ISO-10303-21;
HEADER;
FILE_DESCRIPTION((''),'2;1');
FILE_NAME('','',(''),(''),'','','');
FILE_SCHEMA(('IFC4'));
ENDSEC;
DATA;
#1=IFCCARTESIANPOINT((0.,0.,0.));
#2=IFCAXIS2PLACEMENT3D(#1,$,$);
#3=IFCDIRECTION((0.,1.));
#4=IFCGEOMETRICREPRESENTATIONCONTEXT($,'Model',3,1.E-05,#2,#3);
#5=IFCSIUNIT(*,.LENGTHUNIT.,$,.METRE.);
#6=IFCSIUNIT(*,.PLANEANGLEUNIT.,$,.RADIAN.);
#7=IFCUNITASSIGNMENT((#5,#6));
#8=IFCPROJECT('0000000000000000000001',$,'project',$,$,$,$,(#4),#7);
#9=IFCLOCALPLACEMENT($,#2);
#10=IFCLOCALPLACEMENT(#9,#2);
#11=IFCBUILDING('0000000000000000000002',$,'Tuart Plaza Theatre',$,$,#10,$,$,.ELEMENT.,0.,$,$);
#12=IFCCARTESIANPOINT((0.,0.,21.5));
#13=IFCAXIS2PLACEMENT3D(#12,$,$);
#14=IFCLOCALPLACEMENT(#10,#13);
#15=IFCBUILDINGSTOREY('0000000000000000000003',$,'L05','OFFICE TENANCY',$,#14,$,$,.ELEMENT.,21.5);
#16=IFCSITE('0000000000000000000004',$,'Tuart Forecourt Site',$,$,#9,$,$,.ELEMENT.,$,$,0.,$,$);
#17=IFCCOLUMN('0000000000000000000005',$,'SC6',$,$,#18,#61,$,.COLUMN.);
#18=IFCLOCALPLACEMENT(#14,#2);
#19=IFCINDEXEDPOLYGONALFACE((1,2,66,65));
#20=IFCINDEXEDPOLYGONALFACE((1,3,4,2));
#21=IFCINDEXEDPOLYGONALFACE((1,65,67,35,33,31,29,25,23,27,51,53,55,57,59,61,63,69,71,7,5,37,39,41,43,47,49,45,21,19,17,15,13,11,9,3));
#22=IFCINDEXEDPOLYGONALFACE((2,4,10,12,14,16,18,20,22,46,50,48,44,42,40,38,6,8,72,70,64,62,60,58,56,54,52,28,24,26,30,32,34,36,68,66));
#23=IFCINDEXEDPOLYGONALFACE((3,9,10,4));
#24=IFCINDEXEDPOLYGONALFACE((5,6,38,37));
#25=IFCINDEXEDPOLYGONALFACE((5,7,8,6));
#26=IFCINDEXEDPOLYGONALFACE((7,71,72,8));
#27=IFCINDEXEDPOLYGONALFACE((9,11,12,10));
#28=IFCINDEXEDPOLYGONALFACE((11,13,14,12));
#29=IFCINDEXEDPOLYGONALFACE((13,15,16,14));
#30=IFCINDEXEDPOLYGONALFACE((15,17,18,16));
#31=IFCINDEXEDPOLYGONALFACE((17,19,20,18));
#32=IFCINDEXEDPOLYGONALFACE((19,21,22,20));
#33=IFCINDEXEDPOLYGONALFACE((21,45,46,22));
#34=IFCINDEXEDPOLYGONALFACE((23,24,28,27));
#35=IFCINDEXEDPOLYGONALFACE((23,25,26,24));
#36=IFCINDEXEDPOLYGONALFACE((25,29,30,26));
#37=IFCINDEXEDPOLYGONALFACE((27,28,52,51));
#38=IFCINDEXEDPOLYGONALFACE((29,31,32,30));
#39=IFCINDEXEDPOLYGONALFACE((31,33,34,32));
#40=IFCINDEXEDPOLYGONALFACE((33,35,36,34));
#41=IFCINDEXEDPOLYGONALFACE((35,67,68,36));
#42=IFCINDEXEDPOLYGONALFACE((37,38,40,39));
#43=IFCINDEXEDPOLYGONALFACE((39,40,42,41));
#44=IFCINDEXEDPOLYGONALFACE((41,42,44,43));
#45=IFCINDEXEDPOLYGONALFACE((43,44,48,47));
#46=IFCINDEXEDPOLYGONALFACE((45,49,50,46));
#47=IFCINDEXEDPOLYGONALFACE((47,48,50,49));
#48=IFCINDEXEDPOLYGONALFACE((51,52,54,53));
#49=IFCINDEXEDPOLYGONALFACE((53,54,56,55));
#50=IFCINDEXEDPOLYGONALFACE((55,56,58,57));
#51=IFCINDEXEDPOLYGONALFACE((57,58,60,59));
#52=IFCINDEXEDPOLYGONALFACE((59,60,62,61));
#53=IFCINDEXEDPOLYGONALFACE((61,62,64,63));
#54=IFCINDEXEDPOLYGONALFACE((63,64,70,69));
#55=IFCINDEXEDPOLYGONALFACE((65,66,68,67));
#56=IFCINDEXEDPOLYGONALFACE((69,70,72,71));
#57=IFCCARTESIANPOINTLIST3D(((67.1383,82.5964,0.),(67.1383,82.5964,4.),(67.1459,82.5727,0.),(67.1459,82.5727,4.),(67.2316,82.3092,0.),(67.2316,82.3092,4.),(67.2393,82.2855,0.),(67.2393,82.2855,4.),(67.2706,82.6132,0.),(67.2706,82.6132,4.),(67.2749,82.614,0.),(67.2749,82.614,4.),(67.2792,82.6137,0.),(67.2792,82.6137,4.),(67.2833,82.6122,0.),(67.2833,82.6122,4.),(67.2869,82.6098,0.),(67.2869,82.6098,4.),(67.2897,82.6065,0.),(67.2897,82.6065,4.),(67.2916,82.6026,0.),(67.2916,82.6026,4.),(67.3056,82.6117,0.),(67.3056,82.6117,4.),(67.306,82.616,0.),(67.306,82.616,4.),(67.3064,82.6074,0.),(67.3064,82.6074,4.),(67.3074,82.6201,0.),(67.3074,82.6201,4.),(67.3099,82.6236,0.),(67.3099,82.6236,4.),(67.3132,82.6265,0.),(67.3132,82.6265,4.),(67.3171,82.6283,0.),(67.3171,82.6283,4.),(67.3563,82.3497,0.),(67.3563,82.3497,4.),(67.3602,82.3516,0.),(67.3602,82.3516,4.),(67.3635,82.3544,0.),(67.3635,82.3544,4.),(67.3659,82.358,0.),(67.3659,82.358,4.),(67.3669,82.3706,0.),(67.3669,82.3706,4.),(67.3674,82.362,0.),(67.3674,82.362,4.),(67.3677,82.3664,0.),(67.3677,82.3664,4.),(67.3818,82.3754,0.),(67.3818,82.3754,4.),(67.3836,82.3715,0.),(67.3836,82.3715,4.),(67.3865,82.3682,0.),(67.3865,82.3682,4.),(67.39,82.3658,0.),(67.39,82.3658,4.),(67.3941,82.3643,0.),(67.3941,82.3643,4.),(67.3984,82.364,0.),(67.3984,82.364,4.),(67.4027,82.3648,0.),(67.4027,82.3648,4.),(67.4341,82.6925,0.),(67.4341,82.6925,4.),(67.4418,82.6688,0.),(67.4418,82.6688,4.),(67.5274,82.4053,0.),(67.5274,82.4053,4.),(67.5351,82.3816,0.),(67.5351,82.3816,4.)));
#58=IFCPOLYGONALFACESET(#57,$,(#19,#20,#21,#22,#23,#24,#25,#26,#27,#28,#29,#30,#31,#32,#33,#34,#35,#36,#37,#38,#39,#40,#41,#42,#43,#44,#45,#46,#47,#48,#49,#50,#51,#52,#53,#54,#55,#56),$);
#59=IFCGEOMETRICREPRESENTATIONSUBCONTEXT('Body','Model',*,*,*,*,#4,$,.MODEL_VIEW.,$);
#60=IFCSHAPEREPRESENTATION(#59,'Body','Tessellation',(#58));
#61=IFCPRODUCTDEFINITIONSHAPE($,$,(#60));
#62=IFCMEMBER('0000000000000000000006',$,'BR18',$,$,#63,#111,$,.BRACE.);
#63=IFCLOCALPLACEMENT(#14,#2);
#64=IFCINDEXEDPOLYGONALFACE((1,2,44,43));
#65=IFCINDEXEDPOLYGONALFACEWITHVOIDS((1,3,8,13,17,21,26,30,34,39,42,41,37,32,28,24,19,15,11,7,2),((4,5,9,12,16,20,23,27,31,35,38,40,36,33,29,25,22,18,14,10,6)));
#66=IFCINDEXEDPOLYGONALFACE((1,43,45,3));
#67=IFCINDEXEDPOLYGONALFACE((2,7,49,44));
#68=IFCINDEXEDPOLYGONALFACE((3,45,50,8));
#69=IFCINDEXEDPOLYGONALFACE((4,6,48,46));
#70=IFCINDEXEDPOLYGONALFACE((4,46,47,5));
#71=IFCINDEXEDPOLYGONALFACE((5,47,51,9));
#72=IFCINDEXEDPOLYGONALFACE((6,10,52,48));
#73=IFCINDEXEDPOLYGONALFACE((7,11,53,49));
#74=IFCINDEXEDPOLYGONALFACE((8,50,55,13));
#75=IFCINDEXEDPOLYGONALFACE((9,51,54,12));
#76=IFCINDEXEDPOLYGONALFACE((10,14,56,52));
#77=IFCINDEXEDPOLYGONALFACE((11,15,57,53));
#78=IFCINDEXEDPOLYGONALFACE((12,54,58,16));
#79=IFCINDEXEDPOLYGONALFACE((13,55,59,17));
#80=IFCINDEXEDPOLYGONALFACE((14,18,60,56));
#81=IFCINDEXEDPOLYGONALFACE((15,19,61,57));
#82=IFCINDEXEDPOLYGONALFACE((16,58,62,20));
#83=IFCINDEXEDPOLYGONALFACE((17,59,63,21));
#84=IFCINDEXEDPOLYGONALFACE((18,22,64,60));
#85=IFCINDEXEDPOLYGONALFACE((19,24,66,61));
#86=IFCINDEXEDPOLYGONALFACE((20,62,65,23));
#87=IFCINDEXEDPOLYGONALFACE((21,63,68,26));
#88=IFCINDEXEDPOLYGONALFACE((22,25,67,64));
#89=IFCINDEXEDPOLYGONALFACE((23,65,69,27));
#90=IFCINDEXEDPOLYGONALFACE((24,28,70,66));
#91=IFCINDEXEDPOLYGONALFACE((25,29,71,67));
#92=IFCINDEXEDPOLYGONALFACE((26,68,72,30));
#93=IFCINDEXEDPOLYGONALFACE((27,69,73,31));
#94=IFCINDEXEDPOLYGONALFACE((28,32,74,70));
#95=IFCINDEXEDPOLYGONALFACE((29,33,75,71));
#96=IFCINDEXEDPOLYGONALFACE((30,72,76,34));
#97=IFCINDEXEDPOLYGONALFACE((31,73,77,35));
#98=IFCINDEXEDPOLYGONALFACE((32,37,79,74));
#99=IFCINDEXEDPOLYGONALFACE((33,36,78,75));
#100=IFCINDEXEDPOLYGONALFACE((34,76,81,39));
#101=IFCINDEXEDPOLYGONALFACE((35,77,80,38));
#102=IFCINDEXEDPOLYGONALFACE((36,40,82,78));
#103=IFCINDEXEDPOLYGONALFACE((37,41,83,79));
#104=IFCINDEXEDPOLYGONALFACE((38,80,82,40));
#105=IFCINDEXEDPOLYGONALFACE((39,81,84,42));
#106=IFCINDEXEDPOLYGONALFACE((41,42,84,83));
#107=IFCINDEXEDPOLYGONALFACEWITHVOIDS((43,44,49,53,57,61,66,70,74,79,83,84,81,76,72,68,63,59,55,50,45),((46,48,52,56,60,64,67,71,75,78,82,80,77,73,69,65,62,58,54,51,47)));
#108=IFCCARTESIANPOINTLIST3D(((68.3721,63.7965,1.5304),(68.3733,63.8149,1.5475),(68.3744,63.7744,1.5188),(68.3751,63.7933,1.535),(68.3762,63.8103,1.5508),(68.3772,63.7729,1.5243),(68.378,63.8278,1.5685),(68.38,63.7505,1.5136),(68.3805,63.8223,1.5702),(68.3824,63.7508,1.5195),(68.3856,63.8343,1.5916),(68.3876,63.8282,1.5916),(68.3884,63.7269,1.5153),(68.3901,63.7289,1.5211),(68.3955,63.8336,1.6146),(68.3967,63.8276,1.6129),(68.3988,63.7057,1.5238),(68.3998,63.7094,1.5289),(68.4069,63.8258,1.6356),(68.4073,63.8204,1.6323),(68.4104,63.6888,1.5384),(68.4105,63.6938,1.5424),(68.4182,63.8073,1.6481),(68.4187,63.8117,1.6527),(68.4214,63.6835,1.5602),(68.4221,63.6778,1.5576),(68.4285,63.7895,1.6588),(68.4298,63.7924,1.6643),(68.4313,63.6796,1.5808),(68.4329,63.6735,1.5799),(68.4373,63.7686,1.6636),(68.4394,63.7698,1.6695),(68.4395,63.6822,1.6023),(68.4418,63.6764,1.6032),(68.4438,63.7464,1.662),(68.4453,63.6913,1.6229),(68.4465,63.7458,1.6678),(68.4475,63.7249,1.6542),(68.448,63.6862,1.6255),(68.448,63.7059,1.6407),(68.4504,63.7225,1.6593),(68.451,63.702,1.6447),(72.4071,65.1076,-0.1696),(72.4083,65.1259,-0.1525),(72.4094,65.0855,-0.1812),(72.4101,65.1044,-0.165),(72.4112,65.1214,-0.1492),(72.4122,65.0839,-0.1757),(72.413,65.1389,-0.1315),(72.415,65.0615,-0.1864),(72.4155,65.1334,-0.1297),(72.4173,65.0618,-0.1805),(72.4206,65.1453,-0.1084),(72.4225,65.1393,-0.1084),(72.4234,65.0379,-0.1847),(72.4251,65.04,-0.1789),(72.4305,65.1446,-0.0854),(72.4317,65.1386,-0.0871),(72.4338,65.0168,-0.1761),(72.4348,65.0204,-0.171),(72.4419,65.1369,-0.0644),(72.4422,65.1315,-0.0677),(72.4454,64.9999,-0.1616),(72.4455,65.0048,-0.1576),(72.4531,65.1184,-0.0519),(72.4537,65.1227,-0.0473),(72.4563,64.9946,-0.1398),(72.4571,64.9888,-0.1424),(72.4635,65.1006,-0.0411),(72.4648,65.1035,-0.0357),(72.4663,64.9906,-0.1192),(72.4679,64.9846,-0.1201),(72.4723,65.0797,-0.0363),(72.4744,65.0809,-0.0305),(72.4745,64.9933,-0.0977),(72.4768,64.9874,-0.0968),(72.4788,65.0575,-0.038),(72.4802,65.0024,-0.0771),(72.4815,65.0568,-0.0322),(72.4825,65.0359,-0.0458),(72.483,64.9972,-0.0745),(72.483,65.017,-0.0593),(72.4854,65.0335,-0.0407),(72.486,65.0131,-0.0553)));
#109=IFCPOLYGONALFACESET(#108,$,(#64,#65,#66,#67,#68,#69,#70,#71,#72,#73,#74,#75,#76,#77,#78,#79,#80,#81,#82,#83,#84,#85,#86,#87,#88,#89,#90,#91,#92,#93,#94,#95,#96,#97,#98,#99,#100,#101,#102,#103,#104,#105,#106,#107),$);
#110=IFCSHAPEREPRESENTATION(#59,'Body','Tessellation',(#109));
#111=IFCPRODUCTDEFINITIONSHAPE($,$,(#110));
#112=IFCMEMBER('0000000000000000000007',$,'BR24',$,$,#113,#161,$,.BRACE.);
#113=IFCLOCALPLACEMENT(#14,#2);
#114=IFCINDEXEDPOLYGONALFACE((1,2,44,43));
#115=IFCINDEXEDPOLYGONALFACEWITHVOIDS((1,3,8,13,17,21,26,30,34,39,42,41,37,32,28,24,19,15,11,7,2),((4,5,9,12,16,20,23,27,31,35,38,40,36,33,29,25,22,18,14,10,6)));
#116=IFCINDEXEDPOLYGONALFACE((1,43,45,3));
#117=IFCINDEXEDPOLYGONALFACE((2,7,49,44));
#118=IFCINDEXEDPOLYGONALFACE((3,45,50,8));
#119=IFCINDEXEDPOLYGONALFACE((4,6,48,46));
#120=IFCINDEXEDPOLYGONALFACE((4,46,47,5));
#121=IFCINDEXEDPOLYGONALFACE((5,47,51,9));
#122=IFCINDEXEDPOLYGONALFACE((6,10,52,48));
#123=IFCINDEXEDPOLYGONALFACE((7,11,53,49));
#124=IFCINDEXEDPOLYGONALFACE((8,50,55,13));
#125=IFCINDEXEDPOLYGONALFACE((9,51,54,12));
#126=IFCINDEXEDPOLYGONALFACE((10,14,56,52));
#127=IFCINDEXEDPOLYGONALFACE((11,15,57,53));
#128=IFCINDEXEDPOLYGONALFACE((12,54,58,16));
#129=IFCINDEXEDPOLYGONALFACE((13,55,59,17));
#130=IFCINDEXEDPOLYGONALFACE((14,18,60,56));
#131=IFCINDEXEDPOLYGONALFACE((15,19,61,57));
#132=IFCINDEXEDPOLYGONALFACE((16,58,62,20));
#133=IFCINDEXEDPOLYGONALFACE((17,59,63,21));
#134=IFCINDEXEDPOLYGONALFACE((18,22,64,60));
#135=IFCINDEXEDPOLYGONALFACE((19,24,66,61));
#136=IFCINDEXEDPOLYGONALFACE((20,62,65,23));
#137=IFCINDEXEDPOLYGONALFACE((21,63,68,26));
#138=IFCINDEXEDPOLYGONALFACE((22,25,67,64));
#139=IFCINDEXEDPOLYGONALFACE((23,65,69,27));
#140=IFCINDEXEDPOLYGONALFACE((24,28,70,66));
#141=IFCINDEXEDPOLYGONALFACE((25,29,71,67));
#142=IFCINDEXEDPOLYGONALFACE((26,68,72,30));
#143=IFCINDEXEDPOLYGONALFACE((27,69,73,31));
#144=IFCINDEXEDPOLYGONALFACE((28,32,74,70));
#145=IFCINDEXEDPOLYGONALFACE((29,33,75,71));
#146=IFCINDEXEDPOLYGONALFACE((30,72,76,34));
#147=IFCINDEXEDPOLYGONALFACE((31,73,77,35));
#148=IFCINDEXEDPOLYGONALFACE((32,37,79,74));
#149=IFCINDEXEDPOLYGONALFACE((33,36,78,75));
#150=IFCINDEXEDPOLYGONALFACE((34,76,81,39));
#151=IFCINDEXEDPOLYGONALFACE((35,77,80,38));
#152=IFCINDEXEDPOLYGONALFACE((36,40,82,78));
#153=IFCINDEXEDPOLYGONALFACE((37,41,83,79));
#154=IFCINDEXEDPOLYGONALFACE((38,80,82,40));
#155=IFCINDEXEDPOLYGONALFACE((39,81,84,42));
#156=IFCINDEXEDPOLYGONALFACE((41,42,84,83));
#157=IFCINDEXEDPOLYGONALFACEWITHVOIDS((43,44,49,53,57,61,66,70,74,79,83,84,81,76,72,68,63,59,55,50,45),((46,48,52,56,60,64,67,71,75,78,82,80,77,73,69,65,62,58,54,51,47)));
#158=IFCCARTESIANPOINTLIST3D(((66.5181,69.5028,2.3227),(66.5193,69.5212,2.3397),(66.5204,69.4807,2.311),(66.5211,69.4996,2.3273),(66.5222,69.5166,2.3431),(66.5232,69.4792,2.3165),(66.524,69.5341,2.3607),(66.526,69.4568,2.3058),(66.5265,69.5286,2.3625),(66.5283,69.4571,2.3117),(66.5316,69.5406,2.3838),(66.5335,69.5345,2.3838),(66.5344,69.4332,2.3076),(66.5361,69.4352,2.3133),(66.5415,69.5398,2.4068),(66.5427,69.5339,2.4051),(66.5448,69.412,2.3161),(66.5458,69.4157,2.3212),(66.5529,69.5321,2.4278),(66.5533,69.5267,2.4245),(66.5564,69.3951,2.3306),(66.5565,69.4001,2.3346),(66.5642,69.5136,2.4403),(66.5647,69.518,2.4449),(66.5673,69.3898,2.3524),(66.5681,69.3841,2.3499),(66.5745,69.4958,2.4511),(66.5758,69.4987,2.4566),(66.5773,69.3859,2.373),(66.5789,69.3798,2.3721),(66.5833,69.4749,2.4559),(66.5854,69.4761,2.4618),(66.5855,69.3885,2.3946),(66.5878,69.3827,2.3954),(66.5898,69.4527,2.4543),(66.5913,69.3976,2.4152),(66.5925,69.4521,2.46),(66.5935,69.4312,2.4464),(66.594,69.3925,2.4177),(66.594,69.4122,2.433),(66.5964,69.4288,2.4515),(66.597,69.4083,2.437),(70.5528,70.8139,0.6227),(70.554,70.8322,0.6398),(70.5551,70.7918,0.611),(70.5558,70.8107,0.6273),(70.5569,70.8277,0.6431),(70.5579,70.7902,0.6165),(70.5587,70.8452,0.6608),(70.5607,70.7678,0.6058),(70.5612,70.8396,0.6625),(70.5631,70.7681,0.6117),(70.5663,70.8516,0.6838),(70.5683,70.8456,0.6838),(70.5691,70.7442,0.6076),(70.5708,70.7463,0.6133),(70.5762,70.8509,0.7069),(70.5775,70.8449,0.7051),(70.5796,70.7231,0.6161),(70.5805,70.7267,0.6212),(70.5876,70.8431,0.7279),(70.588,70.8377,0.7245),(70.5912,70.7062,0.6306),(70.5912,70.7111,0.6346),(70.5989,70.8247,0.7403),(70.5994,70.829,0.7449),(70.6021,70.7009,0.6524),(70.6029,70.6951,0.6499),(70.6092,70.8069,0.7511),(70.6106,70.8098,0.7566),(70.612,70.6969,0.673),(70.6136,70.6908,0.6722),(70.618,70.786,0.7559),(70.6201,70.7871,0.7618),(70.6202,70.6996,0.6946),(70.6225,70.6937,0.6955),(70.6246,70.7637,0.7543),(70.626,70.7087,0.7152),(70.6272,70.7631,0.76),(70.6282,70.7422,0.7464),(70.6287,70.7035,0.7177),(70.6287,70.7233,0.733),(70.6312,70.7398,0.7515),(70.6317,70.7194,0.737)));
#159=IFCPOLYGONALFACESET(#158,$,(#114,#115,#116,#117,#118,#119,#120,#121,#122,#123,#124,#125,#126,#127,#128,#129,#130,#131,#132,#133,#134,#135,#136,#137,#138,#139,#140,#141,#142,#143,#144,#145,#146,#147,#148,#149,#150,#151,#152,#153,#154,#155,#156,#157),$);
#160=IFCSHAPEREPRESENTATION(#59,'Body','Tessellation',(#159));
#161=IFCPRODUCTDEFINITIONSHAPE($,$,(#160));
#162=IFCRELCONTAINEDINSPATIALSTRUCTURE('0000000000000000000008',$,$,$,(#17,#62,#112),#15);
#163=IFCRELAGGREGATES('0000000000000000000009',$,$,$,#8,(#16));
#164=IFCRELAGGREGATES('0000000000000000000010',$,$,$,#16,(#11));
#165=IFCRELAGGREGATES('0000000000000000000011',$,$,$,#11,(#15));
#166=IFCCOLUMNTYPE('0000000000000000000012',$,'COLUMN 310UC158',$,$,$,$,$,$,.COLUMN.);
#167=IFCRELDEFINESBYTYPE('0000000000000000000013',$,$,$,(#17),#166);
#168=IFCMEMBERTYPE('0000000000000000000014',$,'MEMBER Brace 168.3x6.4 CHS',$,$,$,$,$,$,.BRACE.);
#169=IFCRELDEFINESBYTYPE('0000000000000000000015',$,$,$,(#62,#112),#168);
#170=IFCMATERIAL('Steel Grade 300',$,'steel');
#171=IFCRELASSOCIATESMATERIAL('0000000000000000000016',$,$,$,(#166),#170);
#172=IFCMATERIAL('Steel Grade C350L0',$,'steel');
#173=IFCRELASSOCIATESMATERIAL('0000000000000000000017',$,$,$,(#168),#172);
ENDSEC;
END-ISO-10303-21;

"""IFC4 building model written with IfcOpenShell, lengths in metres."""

from ifc_helpers import new_model, si_unit, direction, frame, origin, origin_2d, place, context, subcontext, project, spatial, hollow_circle, i_section, extrude, material, material_profile, profile_set, type_object, element, save


model = new_model("IFC4")

# Units and contexts
model_context = context("Model", 3, precision=1e-05, world=origin(), true_north=direction((0.0, 1.0)))
body_context = subcontext(model_context, "Body", "Model", "MODEL_VIEW")
ifc_project = project(units=[si_unit("LENGTHUNIT", "METRE"), si_unit("PLANEANGLEUNIT", "RADIAN")], contexts=[model_context])

# Site, building, storey
site_placement = place(None, origin())
site = spatial("IfcSite", under=ifc_project, at=site_placement, Name="Tuart Forecourt Site", CompositionType="ELEMENT", RefElevation=0.0)
building_placement = place(site_placement, origin())
building = spatial("IfcBuilding", under=site, at=building_placement, Name="Tuart Plaza Theatre", CompositionType="ELEMENT", ElevationOfRefHeight=0.0)
storey_placement = place(building_placement, frame((0.0, 0.0, 21.5)))
storey = spatial("IfcBuildingStorey", under=building, at=storey_placement, Name="L05", Description="OFFICE TENANCY", CompositionType="ELEMENT", Elevation=21.5)

# Column
ifc_material_1 = material(Name="Steel Grade 300", Category="steel")
ifc_material_profile_1 = material_profile(ifc_material_1, i_section(OverallWidth=0.311, OverallDepth=0.3269, WebThickness=0.0156, FlangeThickness=0.0249, FilletRadius=0.0166, at=origin_2d()), Name="310UC158")
ifc_profile_set_1 = profile_set([ifc_material_profile_1], Name="Steel Grade 300")
column_type = type_object("IfcColumnType", Name="COLUMN 310UC158", PredefinedType="COLUMN", material=ifc_profile_set_1)
column_placement = place(storey_placement, frame((67.3367, 82.489, 0.0), z_axis=(0.0, 0.0, 1.0), x_axis=(0.951057, 0.309017, 0.0)))
element("IfcColumn", 1, at=column_placement, inside=storey, type_object=column_type, Name="SC6", PredefinedType="COLUMN", context=body_context, shape_type="SweptSolid", body=[
    extrude(i_section(OverallWidth=0.311, OverallDepth=0.3269, WebThickness=0.0156, FlangeThickness=0.0249, FilletRadius=0.0166, at=origin_2d()), origin(), (0.0, 0.0, 1.0), 4.0),
])

# Members
ifc_material_2 = material(Name="Steel Grade C350L0", Category="steel")
ifc_material_profile_2 = material_profile(ifc_material_2, hollow_circle(Radius=0.0842, WallThickness=0.0063, at=origin_2d()), Name="168.3x6.4 CHS")
ifc_profile_set_2 = profile_set([ifc_material_profile_2], Name="Steel Grade C350L0")
member_type_1 = type_object("IfcMemberType", Name="MEMBER Brace 168.3x6.4 CHS", PredefinedType="BRACE", material=ifc_profile_set_2)
member_1_placement = place(storey_placement, frame((68.4116, 63.7542, 1.5916), z_axis=(0.882823, 0.286849, -0.371943), x_axis=(-0.30902, 0.951056, 0.0)))
element("IfcMember", 2, at=member_1_placement, inside=storey, type_object=member_type_1, Name="BR18", PredefinedType="BRACE", context=body_context, shape_type="SweptSolid", body=[
    extrude(hollow_circle(Radius=0.0842, WallThickness=0.0063, at=origin_2d()), origin(), (0.0, 0.0, 1.0), 4.5706),
])
member_2_placement = place(storey_placement, frame((66.5576, 69.4604, 2.3838), z_axis=(0.882811, 0.286863, -0.37196), x_axis=(-0.309037, 0.95105, 0.0)))
element("IfcMember", 3, at=member_2_placement, inside=storey, type_object=member_type_1, Name="BR24", PredefinedType="BRACE", context=body_context, shape_type="SweptSolid", body=[
    extrude(hollow_circle(Radius=0.0842, WallThickness=0.0063, at=origin_2d()), origin(), (0.0, 0.0, 1.0), 4.5703),
])

save(model, "model.ifc")
